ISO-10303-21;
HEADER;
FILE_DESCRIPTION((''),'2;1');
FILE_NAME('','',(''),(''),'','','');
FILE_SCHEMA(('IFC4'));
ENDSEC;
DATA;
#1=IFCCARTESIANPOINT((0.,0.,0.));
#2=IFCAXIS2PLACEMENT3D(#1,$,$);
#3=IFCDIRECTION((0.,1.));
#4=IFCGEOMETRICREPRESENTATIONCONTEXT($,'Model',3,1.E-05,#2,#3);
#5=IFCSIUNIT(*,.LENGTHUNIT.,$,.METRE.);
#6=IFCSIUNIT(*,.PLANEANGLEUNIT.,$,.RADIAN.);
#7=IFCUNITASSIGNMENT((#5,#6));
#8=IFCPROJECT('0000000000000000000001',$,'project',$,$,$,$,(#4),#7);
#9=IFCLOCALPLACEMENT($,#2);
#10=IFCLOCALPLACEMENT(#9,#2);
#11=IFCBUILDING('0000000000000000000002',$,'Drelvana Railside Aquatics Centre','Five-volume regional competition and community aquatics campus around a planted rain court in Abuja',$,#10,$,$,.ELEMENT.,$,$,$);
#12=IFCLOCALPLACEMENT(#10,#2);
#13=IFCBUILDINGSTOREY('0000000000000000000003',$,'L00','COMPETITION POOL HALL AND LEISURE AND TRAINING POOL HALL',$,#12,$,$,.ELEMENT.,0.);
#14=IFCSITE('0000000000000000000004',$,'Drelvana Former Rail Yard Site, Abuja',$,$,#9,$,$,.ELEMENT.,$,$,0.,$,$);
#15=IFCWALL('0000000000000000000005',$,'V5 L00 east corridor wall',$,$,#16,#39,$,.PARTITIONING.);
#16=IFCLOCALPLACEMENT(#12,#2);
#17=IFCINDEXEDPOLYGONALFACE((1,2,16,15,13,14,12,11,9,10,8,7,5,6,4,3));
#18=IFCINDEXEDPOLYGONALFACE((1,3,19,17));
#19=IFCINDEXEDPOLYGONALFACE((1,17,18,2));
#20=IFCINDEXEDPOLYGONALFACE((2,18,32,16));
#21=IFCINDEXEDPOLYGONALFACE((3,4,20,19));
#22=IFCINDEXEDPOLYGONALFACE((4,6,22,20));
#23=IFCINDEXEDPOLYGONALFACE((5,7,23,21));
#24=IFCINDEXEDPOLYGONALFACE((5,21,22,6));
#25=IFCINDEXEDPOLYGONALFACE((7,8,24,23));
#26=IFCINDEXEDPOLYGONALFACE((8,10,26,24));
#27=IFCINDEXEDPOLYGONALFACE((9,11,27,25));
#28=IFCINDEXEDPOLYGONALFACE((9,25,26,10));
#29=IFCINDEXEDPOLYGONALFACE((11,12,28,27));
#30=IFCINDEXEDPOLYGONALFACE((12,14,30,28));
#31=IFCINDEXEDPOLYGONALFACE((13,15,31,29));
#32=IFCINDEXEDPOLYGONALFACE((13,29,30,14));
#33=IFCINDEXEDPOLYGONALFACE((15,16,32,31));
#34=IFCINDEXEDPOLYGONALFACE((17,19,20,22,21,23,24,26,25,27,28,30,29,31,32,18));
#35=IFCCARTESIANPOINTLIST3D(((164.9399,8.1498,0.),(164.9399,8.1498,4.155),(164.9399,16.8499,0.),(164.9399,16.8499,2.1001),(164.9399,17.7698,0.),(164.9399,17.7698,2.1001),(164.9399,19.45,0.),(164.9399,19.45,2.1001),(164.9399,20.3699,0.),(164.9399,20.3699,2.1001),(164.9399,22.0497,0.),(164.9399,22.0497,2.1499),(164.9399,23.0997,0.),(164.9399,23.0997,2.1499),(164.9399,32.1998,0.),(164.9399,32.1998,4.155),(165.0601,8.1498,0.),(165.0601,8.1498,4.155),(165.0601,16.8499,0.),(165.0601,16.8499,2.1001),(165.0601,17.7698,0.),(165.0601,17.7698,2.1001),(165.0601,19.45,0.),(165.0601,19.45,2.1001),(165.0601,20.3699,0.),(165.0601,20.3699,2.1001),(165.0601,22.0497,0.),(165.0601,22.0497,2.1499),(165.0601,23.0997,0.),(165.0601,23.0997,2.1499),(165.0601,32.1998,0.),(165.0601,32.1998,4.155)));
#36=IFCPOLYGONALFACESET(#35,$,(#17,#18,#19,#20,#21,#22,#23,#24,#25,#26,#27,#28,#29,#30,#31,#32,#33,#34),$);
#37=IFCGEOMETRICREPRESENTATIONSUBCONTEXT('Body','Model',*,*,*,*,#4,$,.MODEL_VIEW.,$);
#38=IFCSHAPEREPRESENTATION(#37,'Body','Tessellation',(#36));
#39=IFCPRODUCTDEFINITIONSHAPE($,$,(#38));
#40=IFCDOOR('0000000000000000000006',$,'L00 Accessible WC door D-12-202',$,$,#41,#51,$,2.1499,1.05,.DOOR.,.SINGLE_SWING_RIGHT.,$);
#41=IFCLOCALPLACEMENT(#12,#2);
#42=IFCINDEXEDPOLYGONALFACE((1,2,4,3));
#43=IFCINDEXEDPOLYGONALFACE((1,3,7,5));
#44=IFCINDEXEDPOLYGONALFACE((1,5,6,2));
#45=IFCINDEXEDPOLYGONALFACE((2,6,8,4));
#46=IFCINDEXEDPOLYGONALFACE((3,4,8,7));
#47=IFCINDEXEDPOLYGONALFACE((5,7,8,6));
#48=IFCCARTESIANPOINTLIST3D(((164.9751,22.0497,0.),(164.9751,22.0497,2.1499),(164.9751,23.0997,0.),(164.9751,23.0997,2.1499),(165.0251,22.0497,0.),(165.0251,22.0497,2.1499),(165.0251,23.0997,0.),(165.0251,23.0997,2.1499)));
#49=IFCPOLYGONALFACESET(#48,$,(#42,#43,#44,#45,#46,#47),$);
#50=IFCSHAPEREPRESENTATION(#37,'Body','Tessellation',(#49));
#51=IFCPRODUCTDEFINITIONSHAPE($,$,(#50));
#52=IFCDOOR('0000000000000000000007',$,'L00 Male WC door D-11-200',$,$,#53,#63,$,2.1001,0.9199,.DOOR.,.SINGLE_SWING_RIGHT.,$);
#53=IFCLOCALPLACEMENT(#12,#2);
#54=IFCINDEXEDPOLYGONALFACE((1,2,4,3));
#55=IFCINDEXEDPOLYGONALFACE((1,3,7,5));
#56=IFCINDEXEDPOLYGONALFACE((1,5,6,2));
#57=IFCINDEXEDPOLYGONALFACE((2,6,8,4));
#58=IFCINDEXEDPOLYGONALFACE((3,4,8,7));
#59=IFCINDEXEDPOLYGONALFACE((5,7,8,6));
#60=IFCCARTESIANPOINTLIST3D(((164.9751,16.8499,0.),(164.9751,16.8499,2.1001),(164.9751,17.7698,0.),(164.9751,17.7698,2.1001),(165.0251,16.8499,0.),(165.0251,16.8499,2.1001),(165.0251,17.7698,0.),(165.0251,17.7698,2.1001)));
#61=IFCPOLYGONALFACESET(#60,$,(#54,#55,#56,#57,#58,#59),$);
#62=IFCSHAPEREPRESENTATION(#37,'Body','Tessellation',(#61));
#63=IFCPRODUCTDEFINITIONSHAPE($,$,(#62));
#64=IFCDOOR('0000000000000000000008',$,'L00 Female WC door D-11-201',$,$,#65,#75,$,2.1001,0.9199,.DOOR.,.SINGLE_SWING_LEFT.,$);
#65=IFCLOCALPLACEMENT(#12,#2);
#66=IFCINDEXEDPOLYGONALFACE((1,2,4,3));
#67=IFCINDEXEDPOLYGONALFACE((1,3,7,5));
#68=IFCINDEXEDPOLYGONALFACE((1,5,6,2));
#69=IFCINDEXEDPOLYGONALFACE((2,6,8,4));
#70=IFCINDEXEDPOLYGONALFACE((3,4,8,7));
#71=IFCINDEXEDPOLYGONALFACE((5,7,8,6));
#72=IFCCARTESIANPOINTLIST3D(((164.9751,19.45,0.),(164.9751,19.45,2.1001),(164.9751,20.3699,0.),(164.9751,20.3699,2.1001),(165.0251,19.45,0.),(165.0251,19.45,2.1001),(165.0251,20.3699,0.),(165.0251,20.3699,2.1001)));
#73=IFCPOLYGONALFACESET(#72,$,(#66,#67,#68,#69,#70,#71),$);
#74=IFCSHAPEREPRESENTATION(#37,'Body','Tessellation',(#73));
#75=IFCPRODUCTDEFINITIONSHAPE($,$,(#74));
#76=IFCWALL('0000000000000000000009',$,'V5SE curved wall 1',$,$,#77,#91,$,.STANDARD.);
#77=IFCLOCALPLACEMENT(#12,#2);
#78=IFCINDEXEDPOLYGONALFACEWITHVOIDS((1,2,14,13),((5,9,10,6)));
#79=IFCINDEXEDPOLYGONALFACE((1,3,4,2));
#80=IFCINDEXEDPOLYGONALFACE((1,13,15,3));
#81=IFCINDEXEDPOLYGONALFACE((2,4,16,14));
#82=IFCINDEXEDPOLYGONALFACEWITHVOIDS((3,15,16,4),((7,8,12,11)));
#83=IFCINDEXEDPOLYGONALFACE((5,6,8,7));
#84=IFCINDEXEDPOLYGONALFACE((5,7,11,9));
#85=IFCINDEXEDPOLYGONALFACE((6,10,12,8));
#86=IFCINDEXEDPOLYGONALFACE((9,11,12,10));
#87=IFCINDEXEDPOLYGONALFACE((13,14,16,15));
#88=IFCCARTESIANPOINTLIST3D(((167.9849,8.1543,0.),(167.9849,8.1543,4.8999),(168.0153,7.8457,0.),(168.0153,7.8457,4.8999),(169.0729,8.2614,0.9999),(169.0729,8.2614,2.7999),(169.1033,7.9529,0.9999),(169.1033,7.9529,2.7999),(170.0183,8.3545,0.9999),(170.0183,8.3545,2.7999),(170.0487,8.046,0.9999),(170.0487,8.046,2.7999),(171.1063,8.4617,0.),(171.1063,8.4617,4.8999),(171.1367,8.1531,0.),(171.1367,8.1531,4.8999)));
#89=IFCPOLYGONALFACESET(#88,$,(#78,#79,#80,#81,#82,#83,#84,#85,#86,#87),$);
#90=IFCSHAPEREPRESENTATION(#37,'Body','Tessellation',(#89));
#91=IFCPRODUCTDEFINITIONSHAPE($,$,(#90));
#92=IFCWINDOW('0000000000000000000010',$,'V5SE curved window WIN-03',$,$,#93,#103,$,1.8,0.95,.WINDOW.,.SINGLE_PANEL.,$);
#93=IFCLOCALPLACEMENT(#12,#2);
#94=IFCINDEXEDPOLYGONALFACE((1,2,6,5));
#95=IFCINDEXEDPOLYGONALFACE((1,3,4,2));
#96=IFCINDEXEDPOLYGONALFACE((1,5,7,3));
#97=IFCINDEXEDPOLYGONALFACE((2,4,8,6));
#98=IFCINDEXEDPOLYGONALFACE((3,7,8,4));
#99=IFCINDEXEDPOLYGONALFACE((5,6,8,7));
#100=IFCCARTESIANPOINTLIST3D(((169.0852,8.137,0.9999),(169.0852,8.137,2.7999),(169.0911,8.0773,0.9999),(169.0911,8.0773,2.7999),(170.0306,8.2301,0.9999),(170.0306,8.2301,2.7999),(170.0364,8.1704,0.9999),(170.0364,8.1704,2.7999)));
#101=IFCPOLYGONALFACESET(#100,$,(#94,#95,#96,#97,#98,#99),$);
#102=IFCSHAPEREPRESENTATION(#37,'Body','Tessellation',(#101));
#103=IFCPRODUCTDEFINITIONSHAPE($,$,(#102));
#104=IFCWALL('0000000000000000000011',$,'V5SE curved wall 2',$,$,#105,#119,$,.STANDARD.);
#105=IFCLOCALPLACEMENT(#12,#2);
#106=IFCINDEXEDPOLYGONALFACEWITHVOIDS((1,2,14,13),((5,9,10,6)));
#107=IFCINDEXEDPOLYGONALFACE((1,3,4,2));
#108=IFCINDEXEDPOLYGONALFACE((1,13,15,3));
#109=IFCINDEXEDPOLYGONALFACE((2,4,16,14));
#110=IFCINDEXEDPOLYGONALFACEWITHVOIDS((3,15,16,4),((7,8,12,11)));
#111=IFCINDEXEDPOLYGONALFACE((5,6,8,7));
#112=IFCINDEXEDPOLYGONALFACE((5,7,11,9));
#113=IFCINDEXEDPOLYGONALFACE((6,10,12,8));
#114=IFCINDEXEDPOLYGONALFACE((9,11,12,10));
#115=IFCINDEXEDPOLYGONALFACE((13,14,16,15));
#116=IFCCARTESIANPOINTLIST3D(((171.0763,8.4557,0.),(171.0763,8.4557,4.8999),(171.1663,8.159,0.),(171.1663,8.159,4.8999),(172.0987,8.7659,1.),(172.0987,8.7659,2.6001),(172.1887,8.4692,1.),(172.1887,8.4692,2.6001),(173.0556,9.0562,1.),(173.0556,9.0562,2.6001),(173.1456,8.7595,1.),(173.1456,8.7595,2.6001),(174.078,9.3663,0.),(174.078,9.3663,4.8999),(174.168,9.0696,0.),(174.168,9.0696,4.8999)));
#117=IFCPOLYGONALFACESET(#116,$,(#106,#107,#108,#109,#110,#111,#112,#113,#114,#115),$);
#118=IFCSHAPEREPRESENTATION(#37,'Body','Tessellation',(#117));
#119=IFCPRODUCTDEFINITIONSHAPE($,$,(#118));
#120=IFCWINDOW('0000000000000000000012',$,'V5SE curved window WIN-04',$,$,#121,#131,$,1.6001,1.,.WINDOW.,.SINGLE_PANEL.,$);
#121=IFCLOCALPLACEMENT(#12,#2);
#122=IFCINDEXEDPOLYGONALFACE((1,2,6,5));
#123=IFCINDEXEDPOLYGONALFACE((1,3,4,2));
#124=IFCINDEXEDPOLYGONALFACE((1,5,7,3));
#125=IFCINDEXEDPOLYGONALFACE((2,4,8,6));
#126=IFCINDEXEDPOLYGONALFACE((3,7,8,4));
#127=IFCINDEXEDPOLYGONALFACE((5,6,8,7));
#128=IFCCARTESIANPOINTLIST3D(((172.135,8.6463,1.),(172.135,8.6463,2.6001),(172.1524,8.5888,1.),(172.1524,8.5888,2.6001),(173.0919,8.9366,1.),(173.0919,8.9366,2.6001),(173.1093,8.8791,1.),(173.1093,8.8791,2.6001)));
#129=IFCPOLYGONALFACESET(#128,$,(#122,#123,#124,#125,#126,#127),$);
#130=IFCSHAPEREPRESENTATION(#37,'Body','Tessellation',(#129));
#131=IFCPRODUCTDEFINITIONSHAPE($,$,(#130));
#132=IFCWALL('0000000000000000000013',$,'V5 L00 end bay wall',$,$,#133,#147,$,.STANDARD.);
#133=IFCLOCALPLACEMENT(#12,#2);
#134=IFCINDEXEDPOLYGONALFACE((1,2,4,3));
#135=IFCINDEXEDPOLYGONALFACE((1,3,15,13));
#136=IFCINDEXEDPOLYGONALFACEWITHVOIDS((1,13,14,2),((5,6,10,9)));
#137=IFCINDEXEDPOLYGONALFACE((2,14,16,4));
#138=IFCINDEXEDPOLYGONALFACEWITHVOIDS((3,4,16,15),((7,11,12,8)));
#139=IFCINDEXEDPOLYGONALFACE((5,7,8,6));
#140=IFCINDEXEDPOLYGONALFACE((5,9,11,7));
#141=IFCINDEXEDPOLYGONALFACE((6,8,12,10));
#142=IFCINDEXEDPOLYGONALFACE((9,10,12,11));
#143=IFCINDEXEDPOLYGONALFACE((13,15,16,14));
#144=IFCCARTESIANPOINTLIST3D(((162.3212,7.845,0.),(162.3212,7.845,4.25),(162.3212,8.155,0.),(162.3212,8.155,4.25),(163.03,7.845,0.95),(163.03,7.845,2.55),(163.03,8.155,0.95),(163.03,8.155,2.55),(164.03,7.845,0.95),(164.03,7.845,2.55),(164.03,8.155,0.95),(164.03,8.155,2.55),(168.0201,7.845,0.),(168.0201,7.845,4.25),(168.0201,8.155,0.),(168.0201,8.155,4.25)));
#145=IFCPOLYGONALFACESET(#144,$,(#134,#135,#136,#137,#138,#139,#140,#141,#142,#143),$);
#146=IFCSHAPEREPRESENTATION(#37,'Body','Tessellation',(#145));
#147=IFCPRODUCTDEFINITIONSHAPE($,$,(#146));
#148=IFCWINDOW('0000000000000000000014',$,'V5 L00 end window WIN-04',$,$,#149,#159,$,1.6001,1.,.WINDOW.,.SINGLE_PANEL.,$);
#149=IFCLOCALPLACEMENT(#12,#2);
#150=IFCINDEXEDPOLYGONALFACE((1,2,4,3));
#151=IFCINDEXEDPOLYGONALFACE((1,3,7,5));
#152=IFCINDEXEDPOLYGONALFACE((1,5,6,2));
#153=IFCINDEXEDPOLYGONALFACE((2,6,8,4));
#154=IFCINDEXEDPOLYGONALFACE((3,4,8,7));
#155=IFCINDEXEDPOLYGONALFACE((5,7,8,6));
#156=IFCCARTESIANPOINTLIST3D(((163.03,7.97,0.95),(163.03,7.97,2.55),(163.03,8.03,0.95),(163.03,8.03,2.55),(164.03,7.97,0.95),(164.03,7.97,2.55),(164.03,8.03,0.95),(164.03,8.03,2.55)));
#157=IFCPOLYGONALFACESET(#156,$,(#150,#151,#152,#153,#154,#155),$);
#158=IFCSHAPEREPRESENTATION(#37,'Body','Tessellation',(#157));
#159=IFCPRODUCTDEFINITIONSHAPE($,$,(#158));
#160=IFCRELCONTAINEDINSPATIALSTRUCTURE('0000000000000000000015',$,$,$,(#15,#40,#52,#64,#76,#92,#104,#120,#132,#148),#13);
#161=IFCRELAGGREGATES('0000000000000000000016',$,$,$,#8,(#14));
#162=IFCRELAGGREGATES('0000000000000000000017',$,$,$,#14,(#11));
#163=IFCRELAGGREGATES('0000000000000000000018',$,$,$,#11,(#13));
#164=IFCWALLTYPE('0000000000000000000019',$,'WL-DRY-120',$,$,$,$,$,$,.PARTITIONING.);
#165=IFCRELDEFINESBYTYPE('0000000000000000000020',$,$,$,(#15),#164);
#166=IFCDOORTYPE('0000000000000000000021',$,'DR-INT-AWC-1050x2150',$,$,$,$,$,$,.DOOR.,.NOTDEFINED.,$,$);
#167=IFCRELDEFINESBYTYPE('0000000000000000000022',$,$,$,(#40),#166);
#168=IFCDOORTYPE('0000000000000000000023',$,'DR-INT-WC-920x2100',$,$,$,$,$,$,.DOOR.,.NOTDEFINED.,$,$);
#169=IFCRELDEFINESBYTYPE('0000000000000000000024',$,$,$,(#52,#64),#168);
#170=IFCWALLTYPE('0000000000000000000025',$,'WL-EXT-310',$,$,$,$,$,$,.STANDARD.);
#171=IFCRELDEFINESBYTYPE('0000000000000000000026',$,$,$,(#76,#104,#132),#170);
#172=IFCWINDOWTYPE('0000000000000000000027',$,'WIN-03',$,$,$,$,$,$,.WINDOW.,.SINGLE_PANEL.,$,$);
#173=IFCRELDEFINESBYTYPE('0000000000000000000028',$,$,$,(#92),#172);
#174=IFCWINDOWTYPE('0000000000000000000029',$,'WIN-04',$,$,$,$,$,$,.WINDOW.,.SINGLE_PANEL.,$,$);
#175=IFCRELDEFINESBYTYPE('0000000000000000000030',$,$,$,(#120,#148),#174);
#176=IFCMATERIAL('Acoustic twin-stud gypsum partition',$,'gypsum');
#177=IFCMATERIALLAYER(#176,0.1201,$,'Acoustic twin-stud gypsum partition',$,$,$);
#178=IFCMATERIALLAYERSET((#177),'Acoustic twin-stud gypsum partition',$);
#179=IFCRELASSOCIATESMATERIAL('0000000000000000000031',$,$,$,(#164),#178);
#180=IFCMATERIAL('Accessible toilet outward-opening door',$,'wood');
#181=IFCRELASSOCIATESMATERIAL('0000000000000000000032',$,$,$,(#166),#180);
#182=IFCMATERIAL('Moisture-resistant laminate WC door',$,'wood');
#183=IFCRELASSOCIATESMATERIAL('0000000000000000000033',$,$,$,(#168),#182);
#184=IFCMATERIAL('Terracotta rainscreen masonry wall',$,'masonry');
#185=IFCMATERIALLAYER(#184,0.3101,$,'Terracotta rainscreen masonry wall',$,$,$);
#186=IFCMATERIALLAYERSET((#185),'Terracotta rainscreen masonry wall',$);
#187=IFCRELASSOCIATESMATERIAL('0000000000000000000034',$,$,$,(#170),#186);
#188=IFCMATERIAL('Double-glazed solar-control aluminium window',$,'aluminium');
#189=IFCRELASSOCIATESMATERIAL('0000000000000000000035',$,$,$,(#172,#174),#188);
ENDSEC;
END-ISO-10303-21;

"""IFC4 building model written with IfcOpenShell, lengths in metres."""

from ifc_helpers import new_model, si_unit, direction, frame, frame_2d, origin, place, context, subcontext, project, spatial, rectangle, extrude, material, layer, layer_set, type_object, element, fill, save


model = new_model("IFC4")

# Units and contexts
model_context = context("Model", 3, precision=1e-05, world=origin(), true_north=direction((0.0, 1.0)))
body_context = subcontext(model_context, "Body", "Model", "MODEL_VIEW")
ifc_project = project(units=[si_unit("LENGTHUNIT", "METRE"), si_unit("PLANEANGLEUNIT", "RADIAN")], contexts=[model_context])

# Site, building, storey
site_placement = place(None, origin())
site = spatial("IfcSite", under=ifc_project, at=site_placement, Name="Drelvana Former Rail Yard Site, Abuja", CompositionType="ELEMENT", RefElevation=0.0)
building_placement = place(site_placement, origin())
building = spatial("IfcBuilding", under=site, at=building_placement, Name="Drelvana Railside Aquatics Centre", Description="Five-volume regional competition and community aquatics campus around a planted rain court in Abuja", CompositionType="ELEMENT")
storey_placement = place(building_placement, origin())
storey = spatial("IfcBuildingStorey", under=building, at=storey_placement, Name="L00", Description="COMPETITION POOL HALL AND LEISURE AND TRAINING POOL HALL", CompositionType="ELEMENT", Elevation=0.0)

# Wall, openings, doors
ifc_material_1 = material(Name="Acoustic twin-stud gypsum partition", Category="gypsum")
ifc_layer_1 = layer(ifc_material_1, 0.1201, Name="Acoustic twin-stud gypsum partition")
ifc_layer_set_1 = layer_set([ifc_layer_1], Name="Acoustic twin-stud gypsum partition")
wall_type_1 = type_object("IfcWallType", Name="WL-DRY-120", PredefinedType="PARTITIONING", material=ifc_layer_set_1)
wall_1_placement = place(storey_placement, frame((165.0, 8.1499, 0.0), z_axis=(0.0, 0.0, 1.0), x_axis=(0.0, 1.0, 0.0)))
wall_1 = element("IfcWall", 1, at=wall_1_placement, inside=storey, type_object=wall_type_1, Name="V5 L00 east corridor wall", PredefinedType="PARTITIONING", context=body_context, shape_type="SweptSolid", body=[
    extrude(rectangle(XDim=24.05, YDim=0.1201, at=frame_2d((12.0249, 0.0))), origin(), (0.0, 0.0, 1.0), 4.155),
])
opening_1_placement = place(wall_1_placement, frame((8.7, 0.0, 0.0)))
opening_1 = element("IfcOpeningElement", 2, at=opening_1_placement, cuts=wall_1, PredefinedType="OPENING", context=body_context, shape_type="SweptSolid", body=[
    extrude(rectangle(XDim=0.9199, YDim=2.1001, at=frame_2d((0.46, 1.05))), frame((0.0, 0.0701, 0.0), z_axis=(0.0, -1.0, 0.0), x_axis=(1.0, 0.0, 0.0)), (0.0, 0.0, 1.0), 0.1401),
])
opening_2_placement = place(wall_1_placement, frame((11.3, 0.0, 0.0)))
opening_2 = element("IfcOpeningElement", 3, at=opening_2_placement, cuts=wall_1, PredefinedType="OPENING", context=body_context, shape_type="SweptSolid", body=[
    extrude(rectangle(XDim=0.9199, YDim=2.1001, at=frame_2d((0.46, 1.05))), frame((0.0, 0.0701, 0.0), z_axis=(0.0, -1.0, 0.0), x_axis=(1.0, 0.0, 0.0)), (0.0, 0.0, 1.0), 0.1401),
])
opening_3_placement = place(wall_1_placement, frame((13.8999, 0.0, 0.0)))
opening_3 = element("IfcOpeningElement", 4, at=opening_3_placement, cuts=wall_1, PredefinedType="OPENING", context=body_context, shape_type="SweptSolid", body=[
    extrude(rectangle(XDim=1.05, YDim=2.1499, at=frame_2d((0.5249, 1.075))), frame((0.0, 0.0701, 0.0), z_axis=(0.0, -1.0, 0.0), x_axis=(1.0, 0.0, 0.0)), (0.0, 0.0, 1.0), 0.1401),
])
ifc_material_2 = material(Name="Accessible toilet outward-opening door", Category="wood")
door_type_1 = type_object("IfcDoorType", Name="DR-INT-AWC-1050x2150", OperationType="NOTDEFINED", PredefinedType="DOOR", material=ifc_material_2)
door_1_placement = place(opening_3_placement, origin())
door_1 = element("IfcDoor", 5, at=door_1_placement, inside=storey, type_object=door_type_1, Name="L00 Accessible WC door D-12-202", OperationType="SINGLE_SWING_RIGHT", OverallHeight=2.1499, OverallWidth=1.05, PredefinedType="DOOR", context=body_context, shape_type="SweptSolid", body=[
    extrude(rectangle(XDim=1.05, YDim=2.1499, at=frame_2d((0.5249, 1.075))), frame((0.0, 0.0249, 0.0), z_axis=(0.0, -1.0, 0.0), x_axis=(1.0, 0.0, 0.0)), (0.0, 0.0, 1.0), 0.05),
])
fill(opening_3, door_1)
ifc_material_3 = material(Name="Moisture-resistant laminate WC door", Category="wood")
door_type_2 = type_object("IfcDoorType", Name="DR-INT-WC-920x2100", OperationType="NOTDEFINED", PredefinedType="DOOR", material=ifc_material_3)
door_2_placement = place(opening_1_placement, origin())
door_2 = element("IfcDoor", 6, at=door_2_placement, inside=storey, type_object=door_type_2, Name="L00 Male WC door D-11-200", OperationType="SINGLE_SWING_RIGHT", OverallHeight=2.1001, OverallWidth=0.9199, PredefinedType="DOOR", context=body_context, shape_type="SweptSolid", body=[
    extrude(rectangle(XDim=0.9199, YDim=2.1001, at=frame_2d((0.46, 1.05))), frame((0.0, 0.0249, 0.0), z_axis=(0.0, -1.0, 0.0), x_axis=(1.0, 0.0, 0.0)), (0.0, 0.0, 1.0), 0.05),
])
fill(opening_1, door_2)
door_3_placement = place(opening_2_placement, origin())
door_3 = element("IfcDoor", 7, at=door_3_placement, inside=storey, type_object=door_type_2, Name="L00 Female WC door D-11-201", OperationType="SINGLE_SWING_LEFT", OverallHeight=2.1001, OverallWidth=0.9199, PredefinedType="DOOR", context=body_context, shape_type="SweptSolid", body=[
    extrude(rectangle(XDim=0.9199, YDim=2.1001, at=frame_2d((0.46, 1.05))), frame((0.0, 0.0249, 0.0), z_axis=(0.0, -1.0, 0.0), x_axis=(1.0, 0.0, 0.0)), (0.0, 0.0, 1.0), 0.05),
])
fill(opening_2, door_3)

# Walls, openings, windows
ifc_material_4 = material(Name="Terracotta rainscreen masonry wall", Category="masonry")
ifc_layer_2 = layer(ifc_material_4, 0.3101, Name="Terracotta rainscreen masonry wall")
ifc_layer_set_2 = layer_set([ifc_layer_2], Name="Terracotta rainscreen masonry wall")
wall_type_2 = type_object("IfcWallType", Name="WL-EXT-310", PredefinedType="STANDARD", material=ifc_layer_set_2)
wall_2_placement = place(storey_placement, frame((168.0, 8.0, 0.0), z_axis=(0.0, 0.0, 1.0), x_axis=(0.995186, 0.098001, 0.0)))
wall_2 = element("IfcWall", 8, at=wall_2_placement, inside=storey, type_object=wall_type_2, Name="V5SE curved wall 1", PredefinedType="STANDARD", context=body_context, shape_type="SweptSolid", body=[
    extrude(rectangle(XDim=3.1365, YDim=0.3101, at=frame_2d((1.5684, 0.0))), origin(), (0.0, 0.0, 1.0), 4.8999),
])
opening_4_placement = place(wall_2_placement, frame((1.0933, 0.0, 1.0)))
opening_4 = element("IfcOpeningElement", 9, at=opening_4_placement, cuts=wall_2, PredefinedType="OPENING", context=body_context, shape_type="SweptSolid", body=[
    extrude(rectangle(XDim=0.95, YDim=1.8, at=frame_2d((0.4751, 0.8999))), frame((0.0, 0.165, 0.0), z_axis=(0.0, -1.0, 0.0), x_axis=(1.0, 0.0, 0.0)), (0.0, 0.0, 1.0), 0.3301),
])
ifc_material_5 = material(Name="Double-glazed solar-control aluminium window", Category="aluminium")
window_type_1 = type_object("IfcWindowType", Name="WIN-03", PartitioningType="SINGLE_PANEL", PredefinedType="WINDOW", material=ifc_material_5)
window_1_placement = place(opening_4_placement, origin())
window_1 = element("IfcWindow", 10, at=window_1_placement, inside=storey, type_object=window_type_1, Name="V5SE curved window WIN-03", OverallHeight=1.8, OverallWidth=0.95, PartitioningType="SINGLE_PANEL", PredefinedType="WINDOW", context=body_context, shape_type="SweptSolid", body=[
    extrude(rectangle(XDim=0.95, YDim=1.8, at=frame_2d((0.4751, 0.8999))), frame((0.0, 0.03, 0.0), z_axis=(0.0, -1.0, 0.0), x_axis=(1.0, 0.0, 0.0)), (0.0, 0.0, 1.0), 0.0601),
])
fill(opening_4, window_1)
wall_3_placement = place(storey_placement, frame((171.1213, 8.3074, 0.0), z_axis=(0.0, 0.0, 1.0), x_axis=(0.956933, 0.29031, 0.0)))
wall_3 = element("IfcWall", 11, at=wall_3_placement, inside=storey, type_object=wall_type_2, Name="V5SE curved wall 2", PredefinedType="STANDARD", context=body_context, shape_type="SweptSolid", body=[
    extrude(rectangle(XDim=3.1367, YDim=0.3101, at=frame_2d((1.5684, 0.0))), origin(), (0.0, 0.0, 1.0), 4.8999),
])
opening_5_placement = place(wall_3_placement, frame((1.0684, 0.0, 1.0)))
opening_5 = element("IfcOpeningElement", 12, at=opening_5_placement, cuts=wall_3, PredefinedType="OPENING", context=body_context, shape_type="SweptSolid", body=[
    extrude(rectangle(XDim=1.0, YDim=1.6001, at=frame_2d((0.5, 0.8))), frame((0.0, 0.165, 0.0), z_axis=(0.0, -1.0, 0.0), x_axis=(1.0, 0.0, 0.0)), (0.0, 0.0, 1.0), 0.3301),
])
window_type_2 = type_object("IfcWindowType", Name="WIN-04", PartitioningType="SINGLE_PANEL", PredefinedType="WINDOW", material=ifc_material_5)
window_2_placement = place(opening_5_placement, origin())
window_2 = element("IfcWindow", 13, at=window_2_placement, inside=storey, type_object=window_type_2, Name="V5SE curved window WIN-04", OverallHeight=1.6001, OverallWidth=1.0, PartitioningType="SINGLE_PANEL", PredefinedType="WINDOW", context=body_context, shape_type="SweptSolid", body=[
    extrude(rectangle(XDim=1.0, YDim=1.6001, at=frame_2d((0.5, 0.8))), frame((0.0, 0.03, 0.0), z_axis=(0.0, -1.0, 0.0), x_axis=(1.0, 0.0, 0.0)), (0.0, 0.0, 1.0), 0.0601),
])
fill(opening_5, window_2)
wall_4_placement = place(storey_placement, frame((162.321, 8.0, 0.0), z_axis=(0.0, 0.0, 1.0), x_axis=(1.0, 0.0, 0.0)))
wall_4 = element("IfcWall", 14, at=wall_4_placement, inside=storey, type_object=wall_type_2, Name="V5 L00 end bay wall", PredefinedType="STANDARD", context=body_context, shape_type="SweptSolid", body=[
    extrude(rectangle(XDim=5.699, YDim=0.3101, at=frame_2d((2.8496, 0.0))), origin(), (0.0, 0.0, 1.0), 4.25),
])
opening_6_placement = place(wall_4_placement, frame((0.709, 0.0, 0.95)))
opening_6 = element("IfcOpeningElement", 15, at=opening_6_placement, cuts=wall_4, PredefinedType="OPENING", context=body_context, shape_type="SweptSolid", body=[
    extrude(rectangle(XDim=1.0, YDim=1.6001, at=frame_2d((0.5, 0.8))), frame((0.0, 0.165, 0.0), z_axis=(0.0, -1.0, 0.0), x_axis=(1.0, 0.0, 0.0)), (0.0, 0.0, 1.0), 0.3301),
])
window_3_placement = place(opening_6_placement, origin())
window_3 = element("IfcWindow", 16, at=window_3_placement, inside=storey, type_object=window_type_2, Name="V5 L00 end window WIN-04", OverallHeight=1.6001, OverallWidth=1.0, PartitioningType="SINGLE_PANEL", PredefinedType="WINDOW", context=body_context, shape_type="SweptSolid", body=[
    extrude(rectangle(XDim=1.0, YDim=1.6001, at=frame_2d((0.5, 0.8))), frame((0.0, 0.03, 0.0), z_axis=(0.0, -1.0, 0.0), x_axis=(1.0, 0.0, 0.0)), (0.0, 0.0, 1.0), 0.0601),
])
fill(opening_6, window_3)

save(model, "model.ifc")
